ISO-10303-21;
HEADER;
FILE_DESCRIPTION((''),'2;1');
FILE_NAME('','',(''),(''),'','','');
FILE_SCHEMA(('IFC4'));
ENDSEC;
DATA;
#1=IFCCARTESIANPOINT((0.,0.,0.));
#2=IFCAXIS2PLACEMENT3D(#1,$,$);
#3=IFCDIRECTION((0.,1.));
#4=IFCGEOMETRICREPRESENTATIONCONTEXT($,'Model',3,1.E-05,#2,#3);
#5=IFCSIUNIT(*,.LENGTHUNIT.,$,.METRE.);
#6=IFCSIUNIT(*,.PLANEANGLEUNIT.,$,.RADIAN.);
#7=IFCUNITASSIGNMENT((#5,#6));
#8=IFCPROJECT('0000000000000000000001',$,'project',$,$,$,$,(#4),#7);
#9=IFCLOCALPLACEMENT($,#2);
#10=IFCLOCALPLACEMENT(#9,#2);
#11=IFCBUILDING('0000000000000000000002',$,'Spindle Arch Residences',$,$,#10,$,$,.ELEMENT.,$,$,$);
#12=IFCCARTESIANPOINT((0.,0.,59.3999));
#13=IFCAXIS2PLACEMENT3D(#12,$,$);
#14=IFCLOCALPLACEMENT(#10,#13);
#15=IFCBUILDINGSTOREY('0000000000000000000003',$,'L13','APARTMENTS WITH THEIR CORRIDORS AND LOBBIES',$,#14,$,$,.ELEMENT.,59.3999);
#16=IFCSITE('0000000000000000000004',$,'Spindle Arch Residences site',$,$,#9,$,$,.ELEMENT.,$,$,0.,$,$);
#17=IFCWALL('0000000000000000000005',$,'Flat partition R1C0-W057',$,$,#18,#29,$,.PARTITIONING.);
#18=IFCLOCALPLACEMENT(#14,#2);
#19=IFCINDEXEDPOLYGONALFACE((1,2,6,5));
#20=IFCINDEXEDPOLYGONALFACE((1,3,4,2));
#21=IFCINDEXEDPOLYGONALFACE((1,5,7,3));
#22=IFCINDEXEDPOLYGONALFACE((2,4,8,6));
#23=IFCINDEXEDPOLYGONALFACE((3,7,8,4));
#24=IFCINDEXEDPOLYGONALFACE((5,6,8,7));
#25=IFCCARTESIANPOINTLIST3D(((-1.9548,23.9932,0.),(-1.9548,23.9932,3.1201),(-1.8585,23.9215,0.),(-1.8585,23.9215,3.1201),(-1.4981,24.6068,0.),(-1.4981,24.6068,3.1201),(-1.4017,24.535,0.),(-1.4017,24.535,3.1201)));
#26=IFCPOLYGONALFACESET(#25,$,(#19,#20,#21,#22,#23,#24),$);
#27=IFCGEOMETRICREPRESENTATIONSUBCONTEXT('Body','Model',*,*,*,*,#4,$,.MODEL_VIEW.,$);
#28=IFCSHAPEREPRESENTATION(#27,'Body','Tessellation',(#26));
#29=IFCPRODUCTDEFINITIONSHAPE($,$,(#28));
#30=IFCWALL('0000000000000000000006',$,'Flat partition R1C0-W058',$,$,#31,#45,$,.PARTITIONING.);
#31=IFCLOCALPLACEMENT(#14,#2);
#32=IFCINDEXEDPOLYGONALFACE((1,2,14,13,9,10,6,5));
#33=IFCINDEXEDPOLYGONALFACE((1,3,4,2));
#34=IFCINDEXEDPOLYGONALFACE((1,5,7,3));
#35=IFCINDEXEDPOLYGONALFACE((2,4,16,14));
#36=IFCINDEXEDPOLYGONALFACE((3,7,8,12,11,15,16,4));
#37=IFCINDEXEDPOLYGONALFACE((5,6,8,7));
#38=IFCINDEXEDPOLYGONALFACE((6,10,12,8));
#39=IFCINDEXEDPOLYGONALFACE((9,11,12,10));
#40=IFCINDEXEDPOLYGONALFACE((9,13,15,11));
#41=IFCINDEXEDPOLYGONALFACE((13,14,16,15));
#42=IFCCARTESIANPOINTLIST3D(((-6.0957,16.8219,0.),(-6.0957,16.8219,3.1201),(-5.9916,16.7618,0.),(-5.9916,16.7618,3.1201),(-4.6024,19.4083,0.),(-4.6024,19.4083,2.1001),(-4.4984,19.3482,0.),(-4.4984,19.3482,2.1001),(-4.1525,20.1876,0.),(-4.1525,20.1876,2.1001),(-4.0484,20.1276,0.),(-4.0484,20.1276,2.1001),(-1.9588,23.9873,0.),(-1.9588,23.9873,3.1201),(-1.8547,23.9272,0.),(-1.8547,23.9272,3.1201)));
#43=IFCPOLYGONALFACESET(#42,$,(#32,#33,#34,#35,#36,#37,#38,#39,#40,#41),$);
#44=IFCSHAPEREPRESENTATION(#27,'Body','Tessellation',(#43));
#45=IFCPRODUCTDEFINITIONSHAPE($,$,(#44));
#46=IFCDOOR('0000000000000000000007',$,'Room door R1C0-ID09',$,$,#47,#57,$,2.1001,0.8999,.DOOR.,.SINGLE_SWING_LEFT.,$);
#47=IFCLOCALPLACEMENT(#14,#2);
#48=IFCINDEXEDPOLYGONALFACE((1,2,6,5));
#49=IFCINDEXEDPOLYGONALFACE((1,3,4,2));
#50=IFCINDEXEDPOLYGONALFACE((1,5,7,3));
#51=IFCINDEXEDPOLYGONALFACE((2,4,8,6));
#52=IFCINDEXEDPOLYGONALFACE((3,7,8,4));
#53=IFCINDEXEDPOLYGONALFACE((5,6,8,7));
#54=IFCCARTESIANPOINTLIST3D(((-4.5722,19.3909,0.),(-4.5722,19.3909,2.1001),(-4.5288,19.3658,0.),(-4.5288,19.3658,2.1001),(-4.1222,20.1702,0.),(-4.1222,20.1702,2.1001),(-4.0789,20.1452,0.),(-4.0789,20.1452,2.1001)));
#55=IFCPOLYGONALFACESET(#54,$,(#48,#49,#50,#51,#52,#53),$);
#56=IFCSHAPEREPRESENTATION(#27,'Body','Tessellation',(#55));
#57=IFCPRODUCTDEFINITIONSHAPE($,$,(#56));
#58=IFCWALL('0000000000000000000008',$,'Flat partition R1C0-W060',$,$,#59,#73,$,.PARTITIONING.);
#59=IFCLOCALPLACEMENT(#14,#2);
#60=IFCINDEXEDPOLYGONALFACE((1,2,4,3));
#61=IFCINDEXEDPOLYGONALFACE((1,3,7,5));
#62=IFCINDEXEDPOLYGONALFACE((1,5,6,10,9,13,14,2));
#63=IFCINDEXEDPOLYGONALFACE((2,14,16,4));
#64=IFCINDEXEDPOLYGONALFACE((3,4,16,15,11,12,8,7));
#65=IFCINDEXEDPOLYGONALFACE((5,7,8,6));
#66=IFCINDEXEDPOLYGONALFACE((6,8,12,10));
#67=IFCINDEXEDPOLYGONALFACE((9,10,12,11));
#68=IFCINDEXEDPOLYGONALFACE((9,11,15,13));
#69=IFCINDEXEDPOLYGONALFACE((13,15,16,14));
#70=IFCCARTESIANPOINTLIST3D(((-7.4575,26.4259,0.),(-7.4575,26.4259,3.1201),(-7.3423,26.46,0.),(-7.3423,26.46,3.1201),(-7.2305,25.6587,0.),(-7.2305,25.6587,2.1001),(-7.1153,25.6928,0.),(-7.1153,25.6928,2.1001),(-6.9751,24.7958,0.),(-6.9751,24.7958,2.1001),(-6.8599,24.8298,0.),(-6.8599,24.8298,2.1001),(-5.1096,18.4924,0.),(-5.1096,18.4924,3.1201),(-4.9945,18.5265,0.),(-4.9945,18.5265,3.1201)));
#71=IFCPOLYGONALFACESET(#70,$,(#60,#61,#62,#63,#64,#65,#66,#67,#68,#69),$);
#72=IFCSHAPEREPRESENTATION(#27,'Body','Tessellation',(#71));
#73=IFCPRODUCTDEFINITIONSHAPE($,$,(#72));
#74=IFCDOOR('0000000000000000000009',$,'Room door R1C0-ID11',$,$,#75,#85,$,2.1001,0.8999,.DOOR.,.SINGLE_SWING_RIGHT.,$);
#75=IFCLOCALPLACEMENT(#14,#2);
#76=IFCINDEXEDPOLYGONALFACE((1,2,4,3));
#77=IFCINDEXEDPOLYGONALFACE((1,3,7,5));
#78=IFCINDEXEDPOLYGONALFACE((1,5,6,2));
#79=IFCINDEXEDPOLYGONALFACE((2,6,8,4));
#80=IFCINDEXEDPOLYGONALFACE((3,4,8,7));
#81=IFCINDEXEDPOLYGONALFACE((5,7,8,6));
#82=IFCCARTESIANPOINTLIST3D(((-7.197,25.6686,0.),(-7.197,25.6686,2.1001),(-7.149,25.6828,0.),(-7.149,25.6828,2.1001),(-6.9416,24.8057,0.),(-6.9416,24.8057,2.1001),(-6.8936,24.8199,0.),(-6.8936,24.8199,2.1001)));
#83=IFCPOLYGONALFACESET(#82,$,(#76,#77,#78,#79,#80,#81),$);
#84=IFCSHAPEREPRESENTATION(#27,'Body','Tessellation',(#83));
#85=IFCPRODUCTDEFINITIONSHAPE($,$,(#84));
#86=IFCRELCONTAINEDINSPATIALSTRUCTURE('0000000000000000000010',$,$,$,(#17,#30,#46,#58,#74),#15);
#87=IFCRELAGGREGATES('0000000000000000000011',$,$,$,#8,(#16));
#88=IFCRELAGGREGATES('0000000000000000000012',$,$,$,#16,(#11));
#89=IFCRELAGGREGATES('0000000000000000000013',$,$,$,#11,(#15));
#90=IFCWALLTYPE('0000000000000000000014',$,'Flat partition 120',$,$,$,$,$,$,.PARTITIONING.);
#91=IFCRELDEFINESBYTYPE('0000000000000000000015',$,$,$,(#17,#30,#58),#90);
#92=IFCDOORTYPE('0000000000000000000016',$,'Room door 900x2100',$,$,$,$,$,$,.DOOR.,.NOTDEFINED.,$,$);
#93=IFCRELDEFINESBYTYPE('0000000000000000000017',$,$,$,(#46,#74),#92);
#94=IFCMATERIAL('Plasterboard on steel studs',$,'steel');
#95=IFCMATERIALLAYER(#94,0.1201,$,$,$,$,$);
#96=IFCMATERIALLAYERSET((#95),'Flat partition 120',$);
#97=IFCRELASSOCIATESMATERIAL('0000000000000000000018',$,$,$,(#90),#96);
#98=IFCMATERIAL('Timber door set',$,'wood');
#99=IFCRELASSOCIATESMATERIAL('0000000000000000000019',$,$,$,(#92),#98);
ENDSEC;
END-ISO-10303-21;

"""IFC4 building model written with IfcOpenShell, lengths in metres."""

from ifc_helpers import new_model, si_unit, direction, frame, frame_2d, origin, place, context, subcontext, project, spatial, rectangle, extrude, material, layer, layer_set, type_object, element, fill, save


model = new_model("IFC4")

# Units and contexts
model_context = context("Model", 3, precision=1e-05, world=origin(), true_north=direction((0.0, 1.0)))
body_context = subcontext(model_context, "Body", "Model", "MODEL_VIEW")
ifc_project = project(units=[si_unit("LENGTHUNIT", "METRE"), si_unit("PLANEANGLEUNIT", "RADIAN")], contexts=[model_context])

# Site, building, storey
site_placement = place(None, origin())
site = spatial("IfcSite", under=ifc_project, at=site_placement, Name="Spindle Arch Residences site", CompositionType="ELEMENT", RefElevation=0.0)
building_placement = place(site_placement, origin())
building = spatial("IfcBuilding", under=site, at=building_placement, Name="Spindle Arch Residences", CompositionType="ELEMENT")
storey_placement = place(building_placement, frame((0.0, 0.0, 59.3999)))
storey = spatial("IfcBuildingStorey", under=building, at=storey_placement, Name="L13", Description="APARTMENTS WITH THEIR CORRIDORS AND LOBBIES", CompositionType="ELEMENT", Elevation=59.3999)

# Shared definitions
ifc_material_1 = material(Name="Plasterboard on steel studs", Category="steel")
ifc_layer_1 = layer(ifc_material_1, 0.1201)
ifc_layer_set_1 = layer_set([ifc_layer_1], Name="Flat partition 120")
wall_type = type_object("IfcWallType", Name="Flat partition 120", PredefinedType="PARTITIONING", material=ifc_layer_set_1)
ifc_material_2 = material(Name="Timber door set", Category="wood")
door_type_1 = type_object("IfcDoorType", Name="Room door 900x2100", OperationType="NOTDEFINED", PredefinedType="DOOR", material=ifc_material_2)

# Wall
wall_1_placement = place(storey_placement, frame((-1.45, 24.5708, 0.0), z_axis=(0.0, 0.0, 1.0), x_axis=(-0.597188, -0.802102, 0.0)))
element("IfcWall", 1, at=wall_1_placement, inside=storey, type_object=wall_type, Name="Flat partition R1C0-W057", PredefinedType="PARTITIONING", context=body_context, shape_type="SweptSolid", body=[
    extrude(rectangle(XDim=0.7649, YDim=0.1201, at=frame_2d((0.3823, 0.0))), origin(), (0.0, 0.0, 1.0), 3.1201),
])

# Walls, openings, doors
wall_2_placement = place(storey_placement, frame((-1.9067, 23.9573, 0.0), z_axis=(0.0, 0.0, 1.0), x_axis=(-0.499995, -0.866028, 0.0)))
wall_2 = element("IfcWall", 2, at=wall_2_placement, inside=storey, type_object=wall_type, Name="Flat partition R1C0-W058", PredefinedType="PARTITIONING", context=body_context, shape_type="SweptSolid", body=[
    extrude(rectangle(XDim=8.2739, YDim=0.1201, at=frame_2d((4.137, 0.0))), origin(), (0.0, 0.0, 1.0), 3.1201),
])
opening_1_placement = place(wall_2_placement, frame((4.3875, 0.0, 0.0)))
opening_1 = element("IfcOpeningElement", 3, at=opening_1_placement, cuts=wall_2, PredefinedType="OPENING", context=body_context, shape_type="SweptSolid", body=[
    extrude(rectangle(XDim=0.8999, YDim=2.1001, at=frame_2d((0.45, 1.05))), frame((0.0, 0.0701, 0.0), z_axis=(0.0, -1.0, 0.0), x_axis=(1.0, 0.0, 0.0)), (0.0, 0.0, 1.0), 0.1401),
])
door_1_placement = place(opening_1_placement, origin())
door_1 = element("IfcDoor", 4, at=door_1_placement, inside=storey, type_object=door_type_1, Name="Room door R1C0-ID09", OperationType="SINGLE_SWING_LEFT", OverallHeight=2.1001, OverallWidth=0.8999, PredefinedType="DOOR", context=body_context, shape_type="SweptSolid", body=[
    extrude(rectangle(XDim=0.8999, YDim=2.1001, at=frame_2d((0.45, 1.05))), frame((0.0, 0.0249, 0.0), z_axis=(0.0, -1.0, 0.0), x_axis=(1.0, 0.0, 0.0)), (0.0, 0.0, 1.0), 0.05),
])
fill(opening_1, door_1)
wall_3_placement = place(storey_placement, frame((-7.3999, 26.4429, 0.0), z_axis=(0.0, 0.0, 1.0), x_axis=(0.283778, -0.95889, 0.0)))
wall_3 = element("IfcWall", 5, at=wall_3_placement, inside=storey, type_object=wall_type, Name="Flat partition R1C0-W060", PredefinedType="PARTITIONING", context=body_context, shape_type="SweptSolid", body=[
    extrude(rectangle(XDim=8.2737, YDim=0.1201, at=frame_2d((4.1367, 0.0))), origin(), (0.0, 0.0, 1.0), 3.1201),
])
opening_2_placement = place(wall_3_placement, frame((0.8, 0.0, 0.0)))
opening_2 = element("IfcOpeningElement", 6, at=opening_2_placement, cuts=wall_3, PredefinedType="OPENING", context=body_context, shape_type="SweptSolid", body=[
    extrude(rectangle(XDim=0.8999, YDim=2.1001, at=frame_2d((0.45, 1.05))), frame((0.0, 0.0701, 0.0), z_axis=(0.0, -1.0, 0.0), x_axis=(1.0, 0.0, 0.0)), (0.0, 0.0, 1.0), 0.1401),
])
door_2_placement = place(opening_2_placement, origin())
door_2 = element("IfcDoor", 7, at=door_2_placement, inside=storey, type_object=door_type_1, Name="Room door R1C0-ID11", OperationType="SINGLE_SWING_RIGHT", OverallHeight=2.1001, OverallWidth=0.8999, PredefinedType="DOOR", context=body_context, shape_type="SweptSolid", body=[
    extrude(rectangle(XDim=0.8999, YDim=2.1001, at=frame_2d((0.45, 1.05))), frame((0.0, 0.0249, 0.0), z_axis=(0.0, -1.0, 0.0), x_axis=(1.0, 0.0, 0.0)), (0.0, 0.0, 1.0), 0.05),
])
fill(opening_2, door_2)

save(model, "model.ifc")
